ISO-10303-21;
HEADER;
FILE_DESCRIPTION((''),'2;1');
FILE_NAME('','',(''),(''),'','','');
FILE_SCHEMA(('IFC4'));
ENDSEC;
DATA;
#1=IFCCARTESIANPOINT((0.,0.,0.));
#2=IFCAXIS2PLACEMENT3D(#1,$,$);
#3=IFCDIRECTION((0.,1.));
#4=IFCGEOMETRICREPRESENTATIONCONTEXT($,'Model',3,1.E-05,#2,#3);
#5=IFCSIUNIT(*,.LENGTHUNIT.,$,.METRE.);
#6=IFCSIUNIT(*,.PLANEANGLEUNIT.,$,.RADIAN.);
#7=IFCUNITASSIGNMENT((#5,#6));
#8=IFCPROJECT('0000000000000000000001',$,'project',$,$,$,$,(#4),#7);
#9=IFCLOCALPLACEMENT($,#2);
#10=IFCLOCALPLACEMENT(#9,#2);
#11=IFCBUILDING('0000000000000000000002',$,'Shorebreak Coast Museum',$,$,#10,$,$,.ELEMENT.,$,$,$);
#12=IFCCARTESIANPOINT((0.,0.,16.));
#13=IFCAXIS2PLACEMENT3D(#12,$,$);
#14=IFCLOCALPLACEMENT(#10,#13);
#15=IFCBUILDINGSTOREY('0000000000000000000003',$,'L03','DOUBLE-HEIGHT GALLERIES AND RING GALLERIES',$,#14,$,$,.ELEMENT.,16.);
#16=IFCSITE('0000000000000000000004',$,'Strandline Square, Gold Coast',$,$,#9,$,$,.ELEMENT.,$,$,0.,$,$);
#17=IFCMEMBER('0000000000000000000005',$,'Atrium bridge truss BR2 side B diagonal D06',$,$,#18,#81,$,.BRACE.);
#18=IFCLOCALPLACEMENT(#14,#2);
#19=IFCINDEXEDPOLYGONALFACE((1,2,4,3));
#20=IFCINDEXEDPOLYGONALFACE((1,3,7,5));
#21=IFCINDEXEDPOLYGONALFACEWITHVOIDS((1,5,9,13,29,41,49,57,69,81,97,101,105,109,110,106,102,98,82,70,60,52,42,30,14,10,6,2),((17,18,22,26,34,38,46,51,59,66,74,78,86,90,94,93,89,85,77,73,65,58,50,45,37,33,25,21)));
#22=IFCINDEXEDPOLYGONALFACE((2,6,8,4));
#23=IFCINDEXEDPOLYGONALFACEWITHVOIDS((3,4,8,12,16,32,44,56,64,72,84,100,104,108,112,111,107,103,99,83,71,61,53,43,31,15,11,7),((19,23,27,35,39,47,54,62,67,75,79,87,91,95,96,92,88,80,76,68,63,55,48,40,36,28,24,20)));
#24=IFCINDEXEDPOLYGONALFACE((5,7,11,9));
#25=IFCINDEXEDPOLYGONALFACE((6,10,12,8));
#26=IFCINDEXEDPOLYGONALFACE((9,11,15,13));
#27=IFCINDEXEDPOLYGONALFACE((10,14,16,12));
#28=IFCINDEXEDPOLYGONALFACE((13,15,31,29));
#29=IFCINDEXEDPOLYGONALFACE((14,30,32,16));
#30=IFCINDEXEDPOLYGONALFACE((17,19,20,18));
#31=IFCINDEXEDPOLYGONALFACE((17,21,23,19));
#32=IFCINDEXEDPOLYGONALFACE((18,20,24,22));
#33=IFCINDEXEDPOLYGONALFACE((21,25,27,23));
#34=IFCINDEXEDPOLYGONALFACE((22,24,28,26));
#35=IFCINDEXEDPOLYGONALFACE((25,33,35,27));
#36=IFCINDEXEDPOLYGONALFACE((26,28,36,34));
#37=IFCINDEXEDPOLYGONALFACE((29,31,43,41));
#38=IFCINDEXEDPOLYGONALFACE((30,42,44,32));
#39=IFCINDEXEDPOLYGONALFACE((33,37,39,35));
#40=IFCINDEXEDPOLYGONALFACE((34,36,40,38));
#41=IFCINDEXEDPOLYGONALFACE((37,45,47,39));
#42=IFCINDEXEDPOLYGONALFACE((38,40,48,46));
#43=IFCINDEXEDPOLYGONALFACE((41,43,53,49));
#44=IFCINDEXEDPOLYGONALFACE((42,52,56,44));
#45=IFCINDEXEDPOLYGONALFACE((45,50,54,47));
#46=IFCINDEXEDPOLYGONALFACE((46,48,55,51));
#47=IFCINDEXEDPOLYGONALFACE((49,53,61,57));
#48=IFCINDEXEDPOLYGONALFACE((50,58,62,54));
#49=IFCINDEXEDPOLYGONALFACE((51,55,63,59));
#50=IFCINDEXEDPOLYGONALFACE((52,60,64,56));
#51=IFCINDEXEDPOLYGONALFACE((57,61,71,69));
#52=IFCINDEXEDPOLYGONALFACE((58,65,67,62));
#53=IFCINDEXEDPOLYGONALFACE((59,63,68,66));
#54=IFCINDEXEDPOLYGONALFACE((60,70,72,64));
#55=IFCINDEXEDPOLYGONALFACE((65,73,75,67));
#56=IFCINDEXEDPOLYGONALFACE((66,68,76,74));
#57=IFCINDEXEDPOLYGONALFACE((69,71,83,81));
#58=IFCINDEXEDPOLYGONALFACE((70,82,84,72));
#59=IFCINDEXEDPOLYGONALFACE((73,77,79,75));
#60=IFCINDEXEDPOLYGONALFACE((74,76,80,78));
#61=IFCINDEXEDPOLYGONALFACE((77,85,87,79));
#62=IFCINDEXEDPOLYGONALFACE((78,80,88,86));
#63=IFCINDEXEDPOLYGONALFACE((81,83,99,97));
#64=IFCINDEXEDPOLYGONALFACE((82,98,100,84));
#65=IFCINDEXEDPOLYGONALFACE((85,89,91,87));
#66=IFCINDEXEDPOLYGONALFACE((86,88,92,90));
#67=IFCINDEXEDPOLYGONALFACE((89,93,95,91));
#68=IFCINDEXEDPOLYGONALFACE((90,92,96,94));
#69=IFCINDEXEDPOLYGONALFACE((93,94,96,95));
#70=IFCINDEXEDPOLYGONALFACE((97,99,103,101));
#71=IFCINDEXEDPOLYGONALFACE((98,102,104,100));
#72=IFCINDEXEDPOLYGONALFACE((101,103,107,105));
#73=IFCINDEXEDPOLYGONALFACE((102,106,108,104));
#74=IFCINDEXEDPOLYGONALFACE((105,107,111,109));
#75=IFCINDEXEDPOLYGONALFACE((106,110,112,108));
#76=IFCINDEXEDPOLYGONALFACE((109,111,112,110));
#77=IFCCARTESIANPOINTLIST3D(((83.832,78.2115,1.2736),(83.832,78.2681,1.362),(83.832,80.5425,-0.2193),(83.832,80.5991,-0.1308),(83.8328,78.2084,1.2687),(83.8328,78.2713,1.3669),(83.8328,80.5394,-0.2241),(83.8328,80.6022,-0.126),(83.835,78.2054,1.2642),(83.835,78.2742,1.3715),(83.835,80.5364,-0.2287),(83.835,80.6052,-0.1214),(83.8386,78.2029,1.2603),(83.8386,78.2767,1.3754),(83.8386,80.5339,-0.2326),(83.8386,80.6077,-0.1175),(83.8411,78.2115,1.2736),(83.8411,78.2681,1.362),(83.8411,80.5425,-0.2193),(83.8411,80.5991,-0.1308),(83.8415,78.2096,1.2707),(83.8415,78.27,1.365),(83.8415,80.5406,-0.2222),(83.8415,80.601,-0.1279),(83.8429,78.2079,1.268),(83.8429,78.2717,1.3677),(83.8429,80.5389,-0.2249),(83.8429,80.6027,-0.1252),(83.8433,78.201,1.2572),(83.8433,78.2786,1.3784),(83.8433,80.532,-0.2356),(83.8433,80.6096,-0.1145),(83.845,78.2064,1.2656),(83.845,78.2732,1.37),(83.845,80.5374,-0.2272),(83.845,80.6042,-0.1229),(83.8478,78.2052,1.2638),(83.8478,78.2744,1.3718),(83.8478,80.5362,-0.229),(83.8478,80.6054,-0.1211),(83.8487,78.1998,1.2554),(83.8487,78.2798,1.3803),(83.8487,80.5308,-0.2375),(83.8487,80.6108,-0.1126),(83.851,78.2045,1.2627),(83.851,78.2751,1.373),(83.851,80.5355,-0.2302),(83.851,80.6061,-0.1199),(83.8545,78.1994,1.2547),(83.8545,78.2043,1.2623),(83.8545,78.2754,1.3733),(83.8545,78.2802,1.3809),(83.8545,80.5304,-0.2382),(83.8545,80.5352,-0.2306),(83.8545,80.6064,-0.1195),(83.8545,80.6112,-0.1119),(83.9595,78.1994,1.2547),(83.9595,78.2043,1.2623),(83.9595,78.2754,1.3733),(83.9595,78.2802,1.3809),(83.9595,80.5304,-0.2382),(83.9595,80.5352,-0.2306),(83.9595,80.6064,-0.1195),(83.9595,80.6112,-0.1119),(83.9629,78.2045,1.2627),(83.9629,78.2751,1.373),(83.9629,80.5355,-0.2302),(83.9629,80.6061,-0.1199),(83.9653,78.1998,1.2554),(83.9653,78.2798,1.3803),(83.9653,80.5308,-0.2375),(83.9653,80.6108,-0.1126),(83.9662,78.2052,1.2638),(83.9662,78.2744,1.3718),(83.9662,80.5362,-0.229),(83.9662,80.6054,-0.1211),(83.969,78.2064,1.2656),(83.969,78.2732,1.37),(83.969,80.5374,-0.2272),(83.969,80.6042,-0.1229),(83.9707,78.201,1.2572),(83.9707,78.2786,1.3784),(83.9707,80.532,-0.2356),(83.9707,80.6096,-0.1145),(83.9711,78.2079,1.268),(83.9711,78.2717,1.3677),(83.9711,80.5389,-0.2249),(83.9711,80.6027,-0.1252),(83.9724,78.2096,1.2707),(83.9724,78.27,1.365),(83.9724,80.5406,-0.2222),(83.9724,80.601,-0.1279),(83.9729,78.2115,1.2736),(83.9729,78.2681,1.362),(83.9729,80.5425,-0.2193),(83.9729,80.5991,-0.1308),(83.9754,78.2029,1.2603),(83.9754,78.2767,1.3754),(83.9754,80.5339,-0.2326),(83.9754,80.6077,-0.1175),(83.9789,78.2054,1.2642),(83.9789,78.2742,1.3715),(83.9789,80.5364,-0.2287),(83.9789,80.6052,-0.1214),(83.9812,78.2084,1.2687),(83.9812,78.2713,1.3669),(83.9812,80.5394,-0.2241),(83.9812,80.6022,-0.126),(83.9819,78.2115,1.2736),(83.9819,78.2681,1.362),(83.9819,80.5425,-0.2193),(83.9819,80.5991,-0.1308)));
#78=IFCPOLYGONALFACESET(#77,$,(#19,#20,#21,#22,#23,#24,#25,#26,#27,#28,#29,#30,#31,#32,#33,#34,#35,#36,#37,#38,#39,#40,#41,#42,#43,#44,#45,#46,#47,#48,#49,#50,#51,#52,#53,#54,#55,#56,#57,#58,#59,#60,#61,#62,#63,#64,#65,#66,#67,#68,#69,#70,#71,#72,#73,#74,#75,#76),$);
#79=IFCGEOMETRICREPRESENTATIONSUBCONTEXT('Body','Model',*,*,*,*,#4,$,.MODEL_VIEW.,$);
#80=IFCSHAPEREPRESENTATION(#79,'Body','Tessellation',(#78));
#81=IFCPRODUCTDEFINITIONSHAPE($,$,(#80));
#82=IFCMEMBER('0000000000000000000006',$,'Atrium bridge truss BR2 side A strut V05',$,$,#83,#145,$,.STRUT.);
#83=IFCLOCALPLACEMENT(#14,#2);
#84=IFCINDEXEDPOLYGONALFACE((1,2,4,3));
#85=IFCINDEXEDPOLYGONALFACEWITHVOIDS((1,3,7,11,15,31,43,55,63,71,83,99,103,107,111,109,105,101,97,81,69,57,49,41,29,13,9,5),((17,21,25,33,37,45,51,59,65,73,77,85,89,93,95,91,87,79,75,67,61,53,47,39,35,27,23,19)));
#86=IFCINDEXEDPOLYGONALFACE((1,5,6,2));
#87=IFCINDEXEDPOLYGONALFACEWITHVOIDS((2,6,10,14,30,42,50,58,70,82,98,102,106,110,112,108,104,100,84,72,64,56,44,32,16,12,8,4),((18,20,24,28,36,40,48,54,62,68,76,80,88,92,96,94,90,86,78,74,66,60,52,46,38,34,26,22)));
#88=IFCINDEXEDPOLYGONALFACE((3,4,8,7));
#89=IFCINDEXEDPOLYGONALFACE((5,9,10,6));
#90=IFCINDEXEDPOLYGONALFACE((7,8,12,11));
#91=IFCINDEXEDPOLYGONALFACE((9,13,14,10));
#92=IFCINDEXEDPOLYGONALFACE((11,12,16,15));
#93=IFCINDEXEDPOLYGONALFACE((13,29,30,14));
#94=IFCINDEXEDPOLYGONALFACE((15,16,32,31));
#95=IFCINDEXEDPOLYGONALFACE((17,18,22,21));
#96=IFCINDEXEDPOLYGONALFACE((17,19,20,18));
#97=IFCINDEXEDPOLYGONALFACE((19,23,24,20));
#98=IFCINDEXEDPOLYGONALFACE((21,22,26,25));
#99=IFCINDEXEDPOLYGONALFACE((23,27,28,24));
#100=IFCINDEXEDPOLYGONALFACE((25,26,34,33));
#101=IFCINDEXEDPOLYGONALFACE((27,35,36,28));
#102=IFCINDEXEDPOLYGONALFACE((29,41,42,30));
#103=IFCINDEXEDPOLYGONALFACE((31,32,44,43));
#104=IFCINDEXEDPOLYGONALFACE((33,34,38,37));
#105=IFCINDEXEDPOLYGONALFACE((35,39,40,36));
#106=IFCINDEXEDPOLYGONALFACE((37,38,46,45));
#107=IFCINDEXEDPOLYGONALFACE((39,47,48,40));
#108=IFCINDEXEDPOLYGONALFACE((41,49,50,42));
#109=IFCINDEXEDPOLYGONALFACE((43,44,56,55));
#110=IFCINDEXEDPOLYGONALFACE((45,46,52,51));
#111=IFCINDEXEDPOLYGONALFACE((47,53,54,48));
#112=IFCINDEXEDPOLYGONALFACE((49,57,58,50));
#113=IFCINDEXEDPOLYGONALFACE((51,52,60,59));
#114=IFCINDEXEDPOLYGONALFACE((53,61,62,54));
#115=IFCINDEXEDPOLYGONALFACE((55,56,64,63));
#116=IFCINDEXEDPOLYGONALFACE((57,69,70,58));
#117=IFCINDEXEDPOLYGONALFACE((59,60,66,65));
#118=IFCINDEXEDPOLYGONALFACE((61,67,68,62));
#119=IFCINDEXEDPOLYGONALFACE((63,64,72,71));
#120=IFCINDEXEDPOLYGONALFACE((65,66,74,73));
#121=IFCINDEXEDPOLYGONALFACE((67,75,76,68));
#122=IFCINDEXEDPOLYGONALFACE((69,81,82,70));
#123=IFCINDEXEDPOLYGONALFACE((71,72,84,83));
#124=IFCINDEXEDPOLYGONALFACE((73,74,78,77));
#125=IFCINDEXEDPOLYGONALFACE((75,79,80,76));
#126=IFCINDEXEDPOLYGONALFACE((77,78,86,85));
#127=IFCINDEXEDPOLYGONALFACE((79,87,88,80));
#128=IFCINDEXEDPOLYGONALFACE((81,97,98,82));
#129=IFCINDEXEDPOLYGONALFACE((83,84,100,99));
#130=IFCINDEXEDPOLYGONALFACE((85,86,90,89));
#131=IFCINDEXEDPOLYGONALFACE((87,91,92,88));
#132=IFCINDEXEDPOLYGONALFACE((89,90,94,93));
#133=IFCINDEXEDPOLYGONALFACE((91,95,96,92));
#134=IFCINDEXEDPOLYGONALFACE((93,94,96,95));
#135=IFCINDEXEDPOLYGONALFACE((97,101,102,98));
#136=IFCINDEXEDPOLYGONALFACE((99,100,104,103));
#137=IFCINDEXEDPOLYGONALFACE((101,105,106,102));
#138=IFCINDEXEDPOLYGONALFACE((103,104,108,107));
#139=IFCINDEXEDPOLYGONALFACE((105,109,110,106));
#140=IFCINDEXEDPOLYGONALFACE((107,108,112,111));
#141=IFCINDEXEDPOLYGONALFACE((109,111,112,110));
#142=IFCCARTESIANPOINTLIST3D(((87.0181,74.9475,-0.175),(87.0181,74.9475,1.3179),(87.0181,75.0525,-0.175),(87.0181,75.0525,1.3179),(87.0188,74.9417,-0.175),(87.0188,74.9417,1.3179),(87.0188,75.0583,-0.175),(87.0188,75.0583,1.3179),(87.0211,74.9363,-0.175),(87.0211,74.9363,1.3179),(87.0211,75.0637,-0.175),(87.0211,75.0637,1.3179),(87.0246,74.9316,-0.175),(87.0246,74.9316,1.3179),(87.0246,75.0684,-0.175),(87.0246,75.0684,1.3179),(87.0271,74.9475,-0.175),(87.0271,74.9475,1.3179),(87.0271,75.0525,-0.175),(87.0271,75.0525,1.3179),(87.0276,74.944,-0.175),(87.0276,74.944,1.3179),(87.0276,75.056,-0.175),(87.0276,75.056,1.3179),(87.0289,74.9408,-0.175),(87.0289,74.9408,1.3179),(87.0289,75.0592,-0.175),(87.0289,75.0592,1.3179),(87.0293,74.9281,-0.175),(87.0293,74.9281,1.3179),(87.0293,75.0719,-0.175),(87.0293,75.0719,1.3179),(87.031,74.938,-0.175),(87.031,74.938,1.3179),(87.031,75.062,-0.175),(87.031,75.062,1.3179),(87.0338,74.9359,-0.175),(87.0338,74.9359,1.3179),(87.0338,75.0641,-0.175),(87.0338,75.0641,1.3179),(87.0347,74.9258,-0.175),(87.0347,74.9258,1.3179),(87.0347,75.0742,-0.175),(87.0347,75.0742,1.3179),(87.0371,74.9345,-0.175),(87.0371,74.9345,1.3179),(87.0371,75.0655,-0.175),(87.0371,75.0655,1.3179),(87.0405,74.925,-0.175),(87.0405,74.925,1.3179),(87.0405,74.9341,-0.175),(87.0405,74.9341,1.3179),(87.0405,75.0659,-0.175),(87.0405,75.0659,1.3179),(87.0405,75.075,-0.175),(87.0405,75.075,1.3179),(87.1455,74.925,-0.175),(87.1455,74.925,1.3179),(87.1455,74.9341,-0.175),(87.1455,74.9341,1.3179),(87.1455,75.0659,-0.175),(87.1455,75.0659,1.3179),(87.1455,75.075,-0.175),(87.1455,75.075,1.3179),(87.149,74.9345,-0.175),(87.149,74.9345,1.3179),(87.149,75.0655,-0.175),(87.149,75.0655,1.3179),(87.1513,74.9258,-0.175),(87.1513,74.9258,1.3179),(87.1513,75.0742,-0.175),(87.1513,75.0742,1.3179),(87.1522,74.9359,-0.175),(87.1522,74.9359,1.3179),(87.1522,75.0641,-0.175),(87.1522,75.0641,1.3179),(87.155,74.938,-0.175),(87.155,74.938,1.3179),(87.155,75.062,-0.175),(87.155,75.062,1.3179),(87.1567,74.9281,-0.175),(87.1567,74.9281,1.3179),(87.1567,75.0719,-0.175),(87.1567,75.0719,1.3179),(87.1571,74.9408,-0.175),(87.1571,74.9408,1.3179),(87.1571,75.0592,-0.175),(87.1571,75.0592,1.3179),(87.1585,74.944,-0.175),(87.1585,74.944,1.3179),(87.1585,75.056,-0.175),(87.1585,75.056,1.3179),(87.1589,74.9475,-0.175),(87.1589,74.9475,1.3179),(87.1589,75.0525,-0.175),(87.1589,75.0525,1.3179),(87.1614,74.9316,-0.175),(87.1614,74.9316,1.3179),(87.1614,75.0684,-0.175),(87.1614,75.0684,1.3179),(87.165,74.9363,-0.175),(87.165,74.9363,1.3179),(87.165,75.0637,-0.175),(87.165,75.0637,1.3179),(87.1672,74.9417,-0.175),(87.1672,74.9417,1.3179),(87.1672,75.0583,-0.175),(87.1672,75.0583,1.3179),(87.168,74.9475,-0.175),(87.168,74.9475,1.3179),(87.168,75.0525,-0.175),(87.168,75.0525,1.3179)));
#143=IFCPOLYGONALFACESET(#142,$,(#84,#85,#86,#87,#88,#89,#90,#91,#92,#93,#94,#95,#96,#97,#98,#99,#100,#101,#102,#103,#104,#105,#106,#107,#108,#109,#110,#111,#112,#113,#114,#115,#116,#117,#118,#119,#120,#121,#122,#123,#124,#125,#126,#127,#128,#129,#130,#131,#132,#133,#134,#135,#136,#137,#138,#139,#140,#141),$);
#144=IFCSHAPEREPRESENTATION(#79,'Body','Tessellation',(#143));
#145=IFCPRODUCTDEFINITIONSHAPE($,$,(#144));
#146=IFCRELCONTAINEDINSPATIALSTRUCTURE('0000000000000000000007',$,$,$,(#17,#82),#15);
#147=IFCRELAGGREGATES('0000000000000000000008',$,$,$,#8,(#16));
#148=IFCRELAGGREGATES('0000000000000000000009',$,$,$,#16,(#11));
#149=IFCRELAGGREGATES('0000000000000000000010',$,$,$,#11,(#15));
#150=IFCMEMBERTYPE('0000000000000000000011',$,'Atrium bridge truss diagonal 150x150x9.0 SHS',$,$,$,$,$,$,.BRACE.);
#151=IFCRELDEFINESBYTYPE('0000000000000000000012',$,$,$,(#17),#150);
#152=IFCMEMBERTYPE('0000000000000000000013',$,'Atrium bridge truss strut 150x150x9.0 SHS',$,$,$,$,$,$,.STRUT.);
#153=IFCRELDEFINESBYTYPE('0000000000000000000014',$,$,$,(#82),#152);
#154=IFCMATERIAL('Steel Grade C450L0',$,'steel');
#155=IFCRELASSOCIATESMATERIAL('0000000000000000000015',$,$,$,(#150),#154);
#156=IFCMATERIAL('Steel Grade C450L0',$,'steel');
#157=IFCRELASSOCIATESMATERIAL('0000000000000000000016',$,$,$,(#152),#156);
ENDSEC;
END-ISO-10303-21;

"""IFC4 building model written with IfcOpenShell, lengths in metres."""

from ifc_helpers import new_model, si_unit, direction, frame, origin, origin_2d, place, context, subcontext, project, spatial, hollow_rectangle, extrude, material, material_profile, profile_set, type_object, element, save


model = new_model("IFC4")

# Units and contexts
model_context = context("Model", 3, precision=1e-05, world=origin(), true_north=direction((0.0, 1.0)))
body_context = subcontext(model_context, "Body", "Model", "MODEL_VIEW")
ifc_project = project(units=[si_unit("LENGTHUNIT", "METRE"), si_unit("PLANEANGLEUNIT", "RADIAN")], contexts=[model_context])

# Site, building, storey
site_placement = place(None, origin())
site = spatial("IfcSite", under=ifc_project, at=site_placement, Name="Strandline Square, Gold Coast", CompositionType="ELEMENT", RefElevation=0.0)
building_placement = place(site_placement, origin())
building = spatial("IfcBuilding", under=site, at=building_placement, Name="Shorebreak Coast Museum", CompositionType="ELEMENT")
storey_placement = place(building_placement, frame((0.0, 0.0, 16.0)))
storey = spatial("IfcBuildingStorey", under=building, at=storey_placement, Name="L03", Description="DOUBLE-HEIGHT GALLERIES AND RING GALLERIES", CompositionType="ELEMENT", Elevation=16.0)

# Members
ifc_material_1 = material(Name="Steel Grade C450L0", Category="steel")
ifc_material_profile_1 = material_profile(ifc_material_1, hollow_rectangle(XDim=0.1499, YDim=0.1499, WallThickness=0.009, InnerFilletRadius=0.0134, OuterFilletRadius=0.0225, at=origin_2d()), Name="150x150x9.0 SHS")
ifc_profile_set_1 = profile_set([ifc_material_profile_1], Name="Steel Grade C450L0")
member_type_1 = type_object("IfcMemberType", Name="Atrium bridge truss diagonal 150x150x9.0 SHS", PredefinedType="BRACE", material=ifc_profile_set_1)
for number, where, z_axis, x_axis, name in (
    (1, (83.907, 80.5708, -0.175), (0.0, -0.8421, 0.539321), (1.0, 0.0, 0.0), "Atrium bridge truss BR2 side B diagonal D06"),
):
    element("IfcMember", number, at=place(storey_placement, frame(where, z_axis=z_axis, x_axis=x_axis)), inside=storey, type_object=member_type_1, Name=name, PredefinedType="BRACE", context=body_context, shape_type="SweptSolid", body=[
        extrude(hollow_rectangle(XDim=0.1499, YDim=0.1499, WallThickness=0.009, InnerFilletRadius=0.0134, OuterFilletRadius=0.0225, at=origin_2d()), origin(), (0.0, 0.0, 1.0), 2.7681),
    ])
ifc_material_2 = material(Name="Steel Grade C450L0", Category="steel")
ifc_material_profile_2 = material_profile(ifc_material_2, hollow_rectangle(XDim=0.1499, YDim=0.1499, WallThickness=0.009, InnerFilletRadius=0.0134, OuterFilletRadius=0.0225, at=origin_2d()), Name="150x150x9.0 SHS")
ifc_profile_set_2 = profile_set([ifc_material_profile_2], Name="Steel Grade C450L0")
member_type_2 = type_object("IfcMemberType", Name="Atrium bridge truss strut 150x150x9.0 SHS", PredefinedType="STRUT", material=ifc_profile_set_2)
for number, where, z_axis, x_axis, name in (
    (2, (87.093, 75.0, -0.175), (0.0, 0.0, 1.0), (1.0, 0.0, 0.0), "Atrium bridge truss BR2 side A strut V05"),
):
    element("IfcMember", number, at=place(storey_placement, frame(where, z_axis=z_axis, x_axis=x_axis)), inside=storey, type_object=member_type_2, Name=name, PredefinedType="STRUT", context=body_context, shape_type="SweptSolid", body=[
        extrude(hollow_rectangle(XDim=0.1499, YDim=0.1499, WallThickness=0.009, InnerFilletRadius=0.0134, OuterFilletRadius=0.0225, at=origin_2d()), origin(), (0.0, 0.0, 1.0), 1.4929),
    ])

save(model, "model.ifc")
